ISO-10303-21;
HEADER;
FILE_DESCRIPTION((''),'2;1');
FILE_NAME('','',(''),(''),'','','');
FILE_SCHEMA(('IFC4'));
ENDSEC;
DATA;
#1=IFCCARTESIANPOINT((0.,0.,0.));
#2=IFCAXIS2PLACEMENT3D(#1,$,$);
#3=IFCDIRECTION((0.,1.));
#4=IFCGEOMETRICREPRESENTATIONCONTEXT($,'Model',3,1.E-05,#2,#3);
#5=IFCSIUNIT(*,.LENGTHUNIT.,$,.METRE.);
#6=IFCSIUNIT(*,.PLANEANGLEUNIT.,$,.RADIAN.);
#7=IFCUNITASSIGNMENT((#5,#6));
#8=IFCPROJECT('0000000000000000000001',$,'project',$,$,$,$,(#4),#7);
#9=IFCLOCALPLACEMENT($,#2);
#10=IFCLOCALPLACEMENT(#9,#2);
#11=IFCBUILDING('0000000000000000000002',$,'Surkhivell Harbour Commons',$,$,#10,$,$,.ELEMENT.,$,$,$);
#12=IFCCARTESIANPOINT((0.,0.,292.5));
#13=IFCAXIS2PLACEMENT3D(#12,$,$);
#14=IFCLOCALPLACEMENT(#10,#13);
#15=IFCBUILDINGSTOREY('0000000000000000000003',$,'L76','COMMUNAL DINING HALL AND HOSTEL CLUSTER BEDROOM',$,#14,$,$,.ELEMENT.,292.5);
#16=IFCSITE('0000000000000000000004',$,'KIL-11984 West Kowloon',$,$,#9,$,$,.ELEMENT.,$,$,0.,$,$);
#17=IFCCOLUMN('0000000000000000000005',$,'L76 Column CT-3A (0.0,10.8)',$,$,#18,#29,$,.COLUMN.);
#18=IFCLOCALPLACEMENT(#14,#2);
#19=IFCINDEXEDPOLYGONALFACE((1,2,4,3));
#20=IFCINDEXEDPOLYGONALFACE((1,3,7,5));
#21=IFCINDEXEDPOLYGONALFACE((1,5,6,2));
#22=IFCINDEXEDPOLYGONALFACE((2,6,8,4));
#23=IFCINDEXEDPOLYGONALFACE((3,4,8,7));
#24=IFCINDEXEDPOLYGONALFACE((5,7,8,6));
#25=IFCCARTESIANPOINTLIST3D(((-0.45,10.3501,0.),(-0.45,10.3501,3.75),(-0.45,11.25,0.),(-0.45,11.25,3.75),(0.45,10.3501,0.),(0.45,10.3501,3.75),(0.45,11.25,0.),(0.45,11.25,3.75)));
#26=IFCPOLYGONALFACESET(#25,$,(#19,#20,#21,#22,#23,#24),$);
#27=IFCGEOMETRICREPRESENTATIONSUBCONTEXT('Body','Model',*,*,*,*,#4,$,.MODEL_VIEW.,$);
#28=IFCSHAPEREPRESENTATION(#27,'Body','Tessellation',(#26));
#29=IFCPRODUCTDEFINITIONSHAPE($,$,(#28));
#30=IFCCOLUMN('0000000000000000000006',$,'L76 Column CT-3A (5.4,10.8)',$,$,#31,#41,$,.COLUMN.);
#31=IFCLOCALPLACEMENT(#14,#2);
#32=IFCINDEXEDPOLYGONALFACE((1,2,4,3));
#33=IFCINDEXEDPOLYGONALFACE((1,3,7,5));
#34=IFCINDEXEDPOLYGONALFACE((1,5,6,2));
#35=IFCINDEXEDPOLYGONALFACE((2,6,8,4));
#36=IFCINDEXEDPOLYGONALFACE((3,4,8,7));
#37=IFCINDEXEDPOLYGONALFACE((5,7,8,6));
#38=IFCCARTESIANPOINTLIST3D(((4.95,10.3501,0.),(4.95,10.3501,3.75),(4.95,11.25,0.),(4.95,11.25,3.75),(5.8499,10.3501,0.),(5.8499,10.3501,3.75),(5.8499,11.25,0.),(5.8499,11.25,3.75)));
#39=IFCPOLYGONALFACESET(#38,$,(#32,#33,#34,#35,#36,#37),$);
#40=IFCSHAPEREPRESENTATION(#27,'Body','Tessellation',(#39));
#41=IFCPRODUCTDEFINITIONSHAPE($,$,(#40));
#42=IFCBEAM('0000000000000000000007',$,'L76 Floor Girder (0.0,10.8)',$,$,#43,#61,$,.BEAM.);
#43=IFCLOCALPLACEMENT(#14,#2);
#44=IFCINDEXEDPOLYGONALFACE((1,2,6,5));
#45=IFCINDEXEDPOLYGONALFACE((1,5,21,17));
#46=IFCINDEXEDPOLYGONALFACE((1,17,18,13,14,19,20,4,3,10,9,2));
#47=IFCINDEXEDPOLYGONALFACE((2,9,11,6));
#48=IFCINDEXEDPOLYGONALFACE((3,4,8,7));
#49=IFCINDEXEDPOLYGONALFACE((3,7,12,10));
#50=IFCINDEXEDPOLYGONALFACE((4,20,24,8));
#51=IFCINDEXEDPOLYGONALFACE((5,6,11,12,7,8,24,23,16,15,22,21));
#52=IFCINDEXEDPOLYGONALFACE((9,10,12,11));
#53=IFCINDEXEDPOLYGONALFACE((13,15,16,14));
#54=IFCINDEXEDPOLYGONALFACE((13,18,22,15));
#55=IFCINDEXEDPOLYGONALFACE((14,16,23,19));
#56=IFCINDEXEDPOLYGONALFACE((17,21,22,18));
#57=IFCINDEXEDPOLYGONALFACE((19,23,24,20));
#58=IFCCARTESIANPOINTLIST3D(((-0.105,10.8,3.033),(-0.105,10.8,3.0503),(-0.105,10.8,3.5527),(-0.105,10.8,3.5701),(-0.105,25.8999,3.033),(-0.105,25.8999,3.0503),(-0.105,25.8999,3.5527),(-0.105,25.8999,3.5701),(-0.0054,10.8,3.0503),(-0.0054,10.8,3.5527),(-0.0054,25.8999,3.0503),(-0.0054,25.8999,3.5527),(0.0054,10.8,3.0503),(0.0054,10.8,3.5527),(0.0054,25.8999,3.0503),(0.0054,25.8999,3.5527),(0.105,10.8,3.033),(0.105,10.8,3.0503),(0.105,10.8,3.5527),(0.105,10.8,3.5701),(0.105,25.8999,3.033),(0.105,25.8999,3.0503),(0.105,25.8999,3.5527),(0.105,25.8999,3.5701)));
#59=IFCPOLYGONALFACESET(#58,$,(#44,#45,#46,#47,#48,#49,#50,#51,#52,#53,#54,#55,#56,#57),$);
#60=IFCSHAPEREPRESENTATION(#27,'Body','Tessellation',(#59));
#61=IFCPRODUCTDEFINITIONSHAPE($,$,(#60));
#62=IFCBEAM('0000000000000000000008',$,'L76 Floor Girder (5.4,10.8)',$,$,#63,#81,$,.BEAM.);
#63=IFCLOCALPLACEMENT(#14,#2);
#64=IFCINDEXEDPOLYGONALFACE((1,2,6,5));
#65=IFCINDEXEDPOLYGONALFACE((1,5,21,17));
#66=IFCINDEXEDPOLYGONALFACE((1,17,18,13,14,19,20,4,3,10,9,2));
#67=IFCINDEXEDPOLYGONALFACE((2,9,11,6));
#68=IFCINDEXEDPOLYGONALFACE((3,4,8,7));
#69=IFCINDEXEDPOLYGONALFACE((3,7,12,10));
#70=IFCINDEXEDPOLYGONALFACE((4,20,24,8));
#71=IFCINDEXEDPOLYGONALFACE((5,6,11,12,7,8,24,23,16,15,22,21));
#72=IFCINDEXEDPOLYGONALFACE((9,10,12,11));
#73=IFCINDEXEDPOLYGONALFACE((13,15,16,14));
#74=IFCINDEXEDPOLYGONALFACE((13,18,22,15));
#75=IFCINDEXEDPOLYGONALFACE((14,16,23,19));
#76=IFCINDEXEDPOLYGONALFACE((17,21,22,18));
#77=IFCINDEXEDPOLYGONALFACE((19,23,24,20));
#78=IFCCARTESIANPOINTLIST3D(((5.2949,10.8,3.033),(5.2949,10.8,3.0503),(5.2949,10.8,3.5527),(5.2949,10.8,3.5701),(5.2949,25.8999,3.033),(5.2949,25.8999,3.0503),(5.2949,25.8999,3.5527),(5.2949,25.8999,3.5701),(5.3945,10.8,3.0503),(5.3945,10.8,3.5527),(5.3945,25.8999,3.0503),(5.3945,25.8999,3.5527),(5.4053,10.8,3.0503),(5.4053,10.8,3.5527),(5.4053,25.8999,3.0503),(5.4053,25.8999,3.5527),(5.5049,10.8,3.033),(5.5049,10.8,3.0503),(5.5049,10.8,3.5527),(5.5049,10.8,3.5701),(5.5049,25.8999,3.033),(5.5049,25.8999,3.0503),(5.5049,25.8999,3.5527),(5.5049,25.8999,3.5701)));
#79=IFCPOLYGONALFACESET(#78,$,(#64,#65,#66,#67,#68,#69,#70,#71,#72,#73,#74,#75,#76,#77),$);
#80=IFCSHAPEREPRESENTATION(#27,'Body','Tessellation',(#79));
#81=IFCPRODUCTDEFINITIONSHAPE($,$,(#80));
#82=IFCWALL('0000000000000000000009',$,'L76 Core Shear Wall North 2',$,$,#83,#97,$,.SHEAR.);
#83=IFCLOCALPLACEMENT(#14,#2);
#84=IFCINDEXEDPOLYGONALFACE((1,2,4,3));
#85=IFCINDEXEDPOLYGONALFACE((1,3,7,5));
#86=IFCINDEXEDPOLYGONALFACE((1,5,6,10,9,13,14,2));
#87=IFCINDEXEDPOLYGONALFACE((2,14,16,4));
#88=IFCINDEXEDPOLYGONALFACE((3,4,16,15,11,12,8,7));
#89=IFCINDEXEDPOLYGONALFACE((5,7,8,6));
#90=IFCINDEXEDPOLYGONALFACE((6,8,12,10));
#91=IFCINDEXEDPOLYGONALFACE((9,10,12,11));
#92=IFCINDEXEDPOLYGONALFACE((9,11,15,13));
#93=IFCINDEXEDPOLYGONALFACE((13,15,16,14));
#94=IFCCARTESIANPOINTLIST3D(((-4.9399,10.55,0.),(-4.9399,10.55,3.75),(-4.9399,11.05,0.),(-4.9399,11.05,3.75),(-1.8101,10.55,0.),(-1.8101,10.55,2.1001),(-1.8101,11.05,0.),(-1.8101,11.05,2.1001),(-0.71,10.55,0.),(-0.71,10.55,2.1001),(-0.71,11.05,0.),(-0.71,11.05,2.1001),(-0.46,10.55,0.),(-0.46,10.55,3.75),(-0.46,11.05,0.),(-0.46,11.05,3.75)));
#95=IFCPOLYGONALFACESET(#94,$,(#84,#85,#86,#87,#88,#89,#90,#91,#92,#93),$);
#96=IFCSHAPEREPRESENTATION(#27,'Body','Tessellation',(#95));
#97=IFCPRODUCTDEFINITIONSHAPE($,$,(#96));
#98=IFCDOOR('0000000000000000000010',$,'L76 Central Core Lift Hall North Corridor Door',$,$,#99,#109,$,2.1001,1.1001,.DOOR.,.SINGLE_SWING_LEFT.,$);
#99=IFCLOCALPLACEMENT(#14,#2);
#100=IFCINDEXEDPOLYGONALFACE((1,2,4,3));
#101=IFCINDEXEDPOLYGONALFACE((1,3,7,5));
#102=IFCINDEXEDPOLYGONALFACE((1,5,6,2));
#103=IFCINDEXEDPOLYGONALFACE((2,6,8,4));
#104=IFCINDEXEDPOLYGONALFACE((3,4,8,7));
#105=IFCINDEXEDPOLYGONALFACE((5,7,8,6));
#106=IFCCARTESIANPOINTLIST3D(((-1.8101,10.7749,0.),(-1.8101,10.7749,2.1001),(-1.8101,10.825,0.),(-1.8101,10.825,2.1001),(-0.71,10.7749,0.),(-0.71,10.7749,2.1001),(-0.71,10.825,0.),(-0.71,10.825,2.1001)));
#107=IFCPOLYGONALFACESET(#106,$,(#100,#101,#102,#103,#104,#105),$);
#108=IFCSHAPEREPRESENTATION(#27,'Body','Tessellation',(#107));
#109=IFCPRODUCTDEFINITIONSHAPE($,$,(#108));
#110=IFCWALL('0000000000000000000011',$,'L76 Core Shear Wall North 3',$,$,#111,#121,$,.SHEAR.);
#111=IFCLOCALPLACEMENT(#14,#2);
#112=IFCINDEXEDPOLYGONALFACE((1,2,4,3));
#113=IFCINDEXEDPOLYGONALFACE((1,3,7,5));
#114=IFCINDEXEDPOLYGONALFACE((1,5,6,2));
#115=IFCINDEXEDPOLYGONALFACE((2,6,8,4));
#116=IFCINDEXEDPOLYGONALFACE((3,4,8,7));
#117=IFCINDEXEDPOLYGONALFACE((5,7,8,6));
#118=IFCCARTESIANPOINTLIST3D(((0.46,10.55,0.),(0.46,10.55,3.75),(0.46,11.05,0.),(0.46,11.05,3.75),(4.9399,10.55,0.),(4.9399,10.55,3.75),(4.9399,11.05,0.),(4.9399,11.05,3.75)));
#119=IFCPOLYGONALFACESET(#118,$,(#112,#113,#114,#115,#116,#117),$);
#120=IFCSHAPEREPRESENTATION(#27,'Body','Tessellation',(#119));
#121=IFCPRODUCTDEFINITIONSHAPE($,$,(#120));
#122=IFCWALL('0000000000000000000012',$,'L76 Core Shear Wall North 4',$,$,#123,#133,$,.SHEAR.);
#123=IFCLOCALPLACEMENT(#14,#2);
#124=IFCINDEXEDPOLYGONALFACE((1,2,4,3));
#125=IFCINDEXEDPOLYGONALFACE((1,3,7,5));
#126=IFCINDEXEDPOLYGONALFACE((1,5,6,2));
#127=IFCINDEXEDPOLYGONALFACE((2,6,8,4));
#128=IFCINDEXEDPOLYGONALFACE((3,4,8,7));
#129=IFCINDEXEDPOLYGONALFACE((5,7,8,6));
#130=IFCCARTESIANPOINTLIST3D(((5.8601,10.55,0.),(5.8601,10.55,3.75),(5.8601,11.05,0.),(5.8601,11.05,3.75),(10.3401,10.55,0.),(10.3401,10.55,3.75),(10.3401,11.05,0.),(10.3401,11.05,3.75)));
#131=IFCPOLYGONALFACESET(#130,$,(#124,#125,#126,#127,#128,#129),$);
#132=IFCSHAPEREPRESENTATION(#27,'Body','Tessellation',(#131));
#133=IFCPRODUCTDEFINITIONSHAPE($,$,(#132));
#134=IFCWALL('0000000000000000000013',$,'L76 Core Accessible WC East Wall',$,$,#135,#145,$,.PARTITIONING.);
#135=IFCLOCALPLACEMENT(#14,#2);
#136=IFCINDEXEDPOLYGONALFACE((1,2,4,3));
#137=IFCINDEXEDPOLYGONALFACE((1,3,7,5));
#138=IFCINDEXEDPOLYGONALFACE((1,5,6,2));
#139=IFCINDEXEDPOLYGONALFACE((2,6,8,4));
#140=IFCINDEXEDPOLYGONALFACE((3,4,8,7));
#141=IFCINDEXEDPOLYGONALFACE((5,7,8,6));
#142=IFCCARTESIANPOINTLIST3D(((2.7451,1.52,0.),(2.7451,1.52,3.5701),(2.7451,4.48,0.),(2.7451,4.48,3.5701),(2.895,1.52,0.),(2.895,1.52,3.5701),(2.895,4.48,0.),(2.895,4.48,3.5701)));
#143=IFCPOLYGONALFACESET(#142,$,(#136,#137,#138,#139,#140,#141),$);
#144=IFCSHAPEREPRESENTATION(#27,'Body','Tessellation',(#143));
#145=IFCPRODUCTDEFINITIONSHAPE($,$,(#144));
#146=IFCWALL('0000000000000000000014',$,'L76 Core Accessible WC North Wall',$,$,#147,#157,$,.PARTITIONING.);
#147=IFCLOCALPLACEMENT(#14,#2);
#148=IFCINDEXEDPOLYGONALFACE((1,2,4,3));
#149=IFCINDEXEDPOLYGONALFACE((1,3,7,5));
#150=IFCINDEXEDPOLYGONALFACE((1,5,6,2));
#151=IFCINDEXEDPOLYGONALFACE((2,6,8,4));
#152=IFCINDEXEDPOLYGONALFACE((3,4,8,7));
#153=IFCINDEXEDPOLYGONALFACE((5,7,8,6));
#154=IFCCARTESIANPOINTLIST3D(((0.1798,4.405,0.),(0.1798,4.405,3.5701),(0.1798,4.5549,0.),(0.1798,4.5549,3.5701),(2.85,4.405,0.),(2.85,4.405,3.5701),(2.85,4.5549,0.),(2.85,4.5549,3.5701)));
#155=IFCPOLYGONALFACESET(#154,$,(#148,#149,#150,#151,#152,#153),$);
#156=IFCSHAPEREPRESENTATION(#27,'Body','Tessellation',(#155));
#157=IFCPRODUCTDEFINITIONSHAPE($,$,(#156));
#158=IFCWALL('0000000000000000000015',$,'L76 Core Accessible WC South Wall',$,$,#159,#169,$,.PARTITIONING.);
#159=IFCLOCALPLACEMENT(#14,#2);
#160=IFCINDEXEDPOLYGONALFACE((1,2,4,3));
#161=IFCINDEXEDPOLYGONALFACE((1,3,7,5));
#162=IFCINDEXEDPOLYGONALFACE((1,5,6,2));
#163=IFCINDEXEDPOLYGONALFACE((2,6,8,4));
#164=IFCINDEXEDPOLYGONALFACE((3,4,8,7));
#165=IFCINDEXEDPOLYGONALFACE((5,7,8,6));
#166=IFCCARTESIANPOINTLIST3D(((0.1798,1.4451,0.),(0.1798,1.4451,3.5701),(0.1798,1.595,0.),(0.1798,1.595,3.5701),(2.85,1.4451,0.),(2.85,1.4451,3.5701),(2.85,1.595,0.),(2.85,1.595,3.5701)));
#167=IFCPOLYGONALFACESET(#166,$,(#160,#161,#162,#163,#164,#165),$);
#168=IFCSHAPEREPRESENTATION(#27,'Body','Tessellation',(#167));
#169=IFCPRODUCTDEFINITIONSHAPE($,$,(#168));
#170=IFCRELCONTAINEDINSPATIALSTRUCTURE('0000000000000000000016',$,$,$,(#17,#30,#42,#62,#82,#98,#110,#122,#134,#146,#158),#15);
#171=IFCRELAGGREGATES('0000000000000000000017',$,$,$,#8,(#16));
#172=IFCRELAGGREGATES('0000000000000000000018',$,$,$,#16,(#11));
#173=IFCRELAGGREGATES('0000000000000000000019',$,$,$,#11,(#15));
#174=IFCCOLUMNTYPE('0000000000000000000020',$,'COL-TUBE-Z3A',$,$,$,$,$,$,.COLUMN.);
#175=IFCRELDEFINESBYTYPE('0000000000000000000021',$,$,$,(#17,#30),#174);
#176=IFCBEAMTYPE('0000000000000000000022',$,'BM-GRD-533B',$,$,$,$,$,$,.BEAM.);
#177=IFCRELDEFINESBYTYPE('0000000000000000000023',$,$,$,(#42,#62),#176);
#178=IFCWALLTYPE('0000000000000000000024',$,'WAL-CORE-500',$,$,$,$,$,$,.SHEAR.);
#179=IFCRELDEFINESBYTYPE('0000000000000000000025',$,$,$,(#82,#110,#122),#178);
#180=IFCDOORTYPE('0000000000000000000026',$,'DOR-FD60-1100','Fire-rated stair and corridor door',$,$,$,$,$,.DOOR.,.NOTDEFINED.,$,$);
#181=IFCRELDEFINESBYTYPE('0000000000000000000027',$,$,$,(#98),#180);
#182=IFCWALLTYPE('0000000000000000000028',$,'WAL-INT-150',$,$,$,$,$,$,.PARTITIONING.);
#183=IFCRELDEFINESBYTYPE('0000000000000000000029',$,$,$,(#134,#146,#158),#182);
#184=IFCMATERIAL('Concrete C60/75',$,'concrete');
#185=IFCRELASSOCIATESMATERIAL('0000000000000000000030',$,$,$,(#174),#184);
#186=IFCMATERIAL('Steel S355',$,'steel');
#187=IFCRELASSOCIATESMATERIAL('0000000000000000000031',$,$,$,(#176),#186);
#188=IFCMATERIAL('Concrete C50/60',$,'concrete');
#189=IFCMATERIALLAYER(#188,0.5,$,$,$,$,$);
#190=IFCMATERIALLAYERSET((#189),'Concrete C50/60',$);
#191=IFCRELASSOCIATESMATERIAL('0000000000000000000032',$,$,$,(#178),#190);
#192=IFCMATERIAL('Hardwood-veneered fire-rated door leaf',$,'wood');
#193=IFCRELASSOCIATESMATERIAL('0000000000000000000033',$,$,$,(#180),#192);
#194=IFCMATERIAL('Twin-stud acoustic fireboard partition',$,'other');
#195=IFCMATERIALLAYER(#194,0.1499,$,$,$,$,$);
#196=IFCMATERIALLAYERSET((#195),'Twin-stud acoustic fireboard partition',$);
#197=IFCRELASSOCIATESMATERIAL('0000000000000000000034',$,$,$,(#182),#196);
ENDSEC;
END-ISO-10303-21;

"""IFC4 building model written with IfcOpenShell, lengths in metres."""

from ifc_helpers import new_model, si_unit, direction, frame, frame_2d, origin, origin_2d, place, context, subcontext, project, spatial, rectangle, i_section, extrude, material, layer, layer_set, material_profile, profile_set, type_object, element, fill, save


model = new_model("IFC4")

# Units and contexts
model_context = context("Model", 3, precision=1e-05, world=origin(), true_north=direction((0.0, 1.0)))
body_context = subcontext(model_context, "Body", "Model", "MODEL_VIEW")
ifc_project = project(units=[si_unit("LENGTHUNIT", "METRE"), si_unit("PLANEANGLEUNIT", "RADIAN")], contexts=[model_context])

# Site, building, storey
site_placement = place(None, origin())
site = spatial("IfcSite", under=ifc_project, at=site_placement, Name="KIL-11984 West Kowloon", CompositionType="ELEMENT", RefElevation=0.0)
building_placement = place(site_placement, origin())
building = spatial("IfcBuilding", under=site, at=building_placement, Name="Surkhivell Harbour Commons", CompositionType="ELEMENT")
storey_placement = place(building_placement, frame((0.0, 0.0, 292.5)))
storey = spatial("IfcBuildingStorey", under=building, at=storey_placement, Name="L76", Description="COMMUNAL DINING HALL AND HOSTEL CLUSTER BEDROOM", CompositionType="ELEMENT", Elevation=292.5)

# Columns
ifc_material_1 = material(Name="Concrete C60/75", Category="concrete")
ifc_material_profile_1 = material_profile(ifc_material_1, rectangle(XDim=0.8999, YDim=0.8999, at=origin_2d()), Name="RC-COL-900x900")
ifc_profile_set_1 = profile_set([ifc_material_profile_1], Name="Concrete C60/75")
column_type = type_object("IfcColumnType", Name="COL-TUBE-Z3A", PredefinedType="COLUMN", material=ifc_profile_set_1)
for number, where, z_axis, x_axis, name in (
    (1, (0.0, 10.8, 0.0), (0.0, 0.0, 1.0), (1.0, 0.0, 0.0), "L76 Column CT-3A (0.0,10.8)"),
    (2, (5.3999, 10.8, 0.0), (0.0, 0.0, 1.0), (1.0, 0.0, 0.0), "L76 Column CT-3A (5.4,10.8)"),
):
    element("IfcColumn", number, at=place(storey_placement, frame(where, z_axis=z_axis, x_axis=x_axis)), inside=storey, type_object=column_type, Name=name, PredefinedType="COLUMN", context=body_context, shape_type="SweptSolid", body=[
        extrude(rectangle(XDim=0.8999, YDim=0.8999, at=origin_2d()), origin(), (0.0, 0.0, 1.0), 3.75),
    ])

# Beams
ifc_material_2 = material(Name="Steel S355", Category="steel")
ifc_material_profile_2 = material_profile(ifc_material_2, i_section(OverallWidth=0.21, OverallDepth=0.5371, WebThickness=0.0107, FlangeThickness=0.0173, at=origin_2d()), Name="UB533x210x101")
ifc_profile_set_2 = profile_set([ifc_material_profile_2], Name="Steel S355")
beam_type = type_object("IfcBeamType", Name="BM-GRD-533B", PredefinedType="BEAM", material=ifc_profile_set_2)
for number, where, z_axis, x_axis, name in (
    (3, (0.0, 10.8, 3.3015), (0.0, 1.0, 0.0), (-1.0, 0.0, 0.0), "L76 Floor Girder (0.0,10.8)"),
    (4, (5.3999, 10.8, 3.3015), (0.0, 1.0, 0.0), (-1.0, 0.0, 0.0), "L76 Floor Girder (5.4,10.8)"),
):
    element("IfcBeam", number, at=place(storey_placement, frame(where, z_axis=z_axis, x_axis=x_axis)), inside=storey, type_object=beam_type, Name=name, PredefinedType="BEAM", context=body_context, shape_type="SweptSolid", body=[
        extrude(i_section(OverallWidth=0.21, OverallDepth=0.5371, WebThickness=0.0107, FlangeThickness=0.0173, at=origin_2d()), origin(), (0.0, 0.0, 1.0), 15.0999),
    ])

# Wall, opening, door
ifc_material_3 = material(Name="Concrete C50/60", Category="concrete")
ifc_layer_1 = layer(ifc_material_3, 0.5)
ifc_layer_set_1 = layer_set([ifc_layer_1], Name="Concrete C50/60")
wall_type_1 = type_object("IfcWallType", Name="WAL-CORE-500", PredefinedType="SHEAR", material=ifc_layer_set_1)
wall_1_placement = place(storey_placement, frame((-4.9399, 10.8, 0.0), z_axis=(0.0, 0.0, 1.0), x_axis=(1.0, 0.0, 0.0)))
wall_1 = element("IfcWall", 5, at=wall_1_placement, inside=storey, type_object=wall_type_1, Name="L76 Core Shear Wall North 2", PredefinedType="SHEAR", context=body_context, shape_type="SweptSolid", body=[
    extrude(rectangle(XDim=4.48, YDim=0.5, at=frame_2d((2.24, 0.0))), origin(), (0.0, 0.0, 1.0), 3.75),
])
opening_1_placement = place(wall_1_placement, frame((3.1299, 0.0, 0.0)))
opening_1 = element("IfcOpeningElement", 6, at=opening_1_placement, cuts=wall_1, PredefinedType="OPENING", context=body_context, shape_type="SweptSolid", body=[
    extrude(rectangle(XDim=1.1001, YDim=2.1001, at=frame_2d((0.55, 1.05))), frame((0.0, 0.26, 0.0), z_axis=(0.0, -1.0, 0.0), x_axis=(1.0, 0.0, 0.0)), (0.0, 0.0, 1.0), 0.52),
])
ifc_material_4 = material(Name="Hardwood-veneered fire-rated door leaf", Category="wood")
door_type_1 = type_object("IfcDoorType", Name="DOR-FD60-1100", Description="Fire-rated stair and corridor door", OperationType="NOTDEFINED", PredefinedType="DOOR", material=ifc_material_4)
door_1_placement = place(opening_1_placement, origin())
door_1 = element("IfcDoor", 7, at=door_1_placement, inside=storey, type_object=door_type_1, Name="L76 Central Core Lift Hall North Corridor Door", OperationType="SINGLE_SWING_LEFT", OverallHeight=2.1001, OverallWidth=1.1001, PredefinedType="DOOR", context=body_context, shape_type="SweptSolid", body=[
    extrude(rectangle(XDim=1.1001, YDim=2.1001, at=frame_2d((0.55, 1.05))), frame((0.0, 0.0249, 0.0), z_axis=(0.0, -1.0, 0.0), x_axis=(1.0, 0.0, 0.0)), (0.0, 0.0, 1.0), 0.05),
])
fill(opening_1, door_1)

# Walls
for number, where, z_axis, x_axis, name in (
    (8, (0.46, 10.8, 0.0), (0.0, 0.0, 1.0), (1.0, 0.0, 0.0), "L76 Core Shear Wall North 3"),
    (9, (5.8601, 10.8, 0.0), (0.0, 0.0, 1.0), (1.0, 0.0, 0.0), "L76 Core Shear Wall North 4"),
):
    element("IfcWall", number, at=place(storey_placement, frame(where, z_axis=z_axis, x_axis=x_axis)), inside=storey, type_object=wall_type_1, Name=name, PredefinedType="SHEAR", context=body_context, shape_type="SweptSolid", body=[
        extrude(rectangle(XDim=4.48, YDim=0.5, at=frame_2d((2.24, 0.0))), origin(), (0.0, 0.0, 1.0), 3.75),
    ])
ifc_material_5 = material(Name="Twin-stud acoustic fireboard partition", Category="other")
ifc_layer_2 = layer(ifc_material_5, 0.1499)
ifc_layer_set_2 = layer_set([ifc_layer_2], Name="Twin-stud acoustic fireboard partition")
wall_type_2 = type_object("IfcWallType", Name="WAL-INT-150", PredefinedType="PARTITIONING", material=ifc_layer_set_2)
wall_2_placement = place(storey_placement, frame((2.8201, 1.52, 0.0), z_axis=(0.0, 0.0, 1.0), x_axis=(0.0, 1.0, 0.0)))
element("IfcWall", 10, at=wall_2_placement, inside=storey, type_object=wall_type_2, Name="L76 Core Accessible WC East Wall", PredefinedType="PARTITIONING", context=body_context, shape_type="SweptSolid", body=[
    extrude(rectangle(XDim=2.96, YDim=0.1499, at=frame_2d((1.48, 0.0))), origin(), (0.0, 0.0, 1.0), 3.5701),
])
for number, where, z_axis, x_axis, name in (
    (11, (0.1799, 4.48, 0.0), (0.0, 0.0, 1.0), (1.0, 0.0, 0.0), "L76 Core Accessible WC North Wall"),
    (12, (0.1799, 1.52, 0.0), (0.0, 0.0, 1.0), (1.0, 0.0, 0.0), "L76 Core Accessible WC South Wall"),
):
    element("IfcWall", number, at=place(storey_placement, frame(where, z_axis=z_axis, x_axis=x_axis)), inside=storey, type_object=wall_type_2, Name=name, PredefinedType="PARTITIONING", context=body_context, shape_type="SweptSolid", body=[
        extrude(rectangle(XDim=2.6702, YDim=0.1499, at=frame_2d((1.335, 0.0))), origin(), (0.0, 0.0, 1.0), 3.5701),
    ])

save(model, "model.ifc")
